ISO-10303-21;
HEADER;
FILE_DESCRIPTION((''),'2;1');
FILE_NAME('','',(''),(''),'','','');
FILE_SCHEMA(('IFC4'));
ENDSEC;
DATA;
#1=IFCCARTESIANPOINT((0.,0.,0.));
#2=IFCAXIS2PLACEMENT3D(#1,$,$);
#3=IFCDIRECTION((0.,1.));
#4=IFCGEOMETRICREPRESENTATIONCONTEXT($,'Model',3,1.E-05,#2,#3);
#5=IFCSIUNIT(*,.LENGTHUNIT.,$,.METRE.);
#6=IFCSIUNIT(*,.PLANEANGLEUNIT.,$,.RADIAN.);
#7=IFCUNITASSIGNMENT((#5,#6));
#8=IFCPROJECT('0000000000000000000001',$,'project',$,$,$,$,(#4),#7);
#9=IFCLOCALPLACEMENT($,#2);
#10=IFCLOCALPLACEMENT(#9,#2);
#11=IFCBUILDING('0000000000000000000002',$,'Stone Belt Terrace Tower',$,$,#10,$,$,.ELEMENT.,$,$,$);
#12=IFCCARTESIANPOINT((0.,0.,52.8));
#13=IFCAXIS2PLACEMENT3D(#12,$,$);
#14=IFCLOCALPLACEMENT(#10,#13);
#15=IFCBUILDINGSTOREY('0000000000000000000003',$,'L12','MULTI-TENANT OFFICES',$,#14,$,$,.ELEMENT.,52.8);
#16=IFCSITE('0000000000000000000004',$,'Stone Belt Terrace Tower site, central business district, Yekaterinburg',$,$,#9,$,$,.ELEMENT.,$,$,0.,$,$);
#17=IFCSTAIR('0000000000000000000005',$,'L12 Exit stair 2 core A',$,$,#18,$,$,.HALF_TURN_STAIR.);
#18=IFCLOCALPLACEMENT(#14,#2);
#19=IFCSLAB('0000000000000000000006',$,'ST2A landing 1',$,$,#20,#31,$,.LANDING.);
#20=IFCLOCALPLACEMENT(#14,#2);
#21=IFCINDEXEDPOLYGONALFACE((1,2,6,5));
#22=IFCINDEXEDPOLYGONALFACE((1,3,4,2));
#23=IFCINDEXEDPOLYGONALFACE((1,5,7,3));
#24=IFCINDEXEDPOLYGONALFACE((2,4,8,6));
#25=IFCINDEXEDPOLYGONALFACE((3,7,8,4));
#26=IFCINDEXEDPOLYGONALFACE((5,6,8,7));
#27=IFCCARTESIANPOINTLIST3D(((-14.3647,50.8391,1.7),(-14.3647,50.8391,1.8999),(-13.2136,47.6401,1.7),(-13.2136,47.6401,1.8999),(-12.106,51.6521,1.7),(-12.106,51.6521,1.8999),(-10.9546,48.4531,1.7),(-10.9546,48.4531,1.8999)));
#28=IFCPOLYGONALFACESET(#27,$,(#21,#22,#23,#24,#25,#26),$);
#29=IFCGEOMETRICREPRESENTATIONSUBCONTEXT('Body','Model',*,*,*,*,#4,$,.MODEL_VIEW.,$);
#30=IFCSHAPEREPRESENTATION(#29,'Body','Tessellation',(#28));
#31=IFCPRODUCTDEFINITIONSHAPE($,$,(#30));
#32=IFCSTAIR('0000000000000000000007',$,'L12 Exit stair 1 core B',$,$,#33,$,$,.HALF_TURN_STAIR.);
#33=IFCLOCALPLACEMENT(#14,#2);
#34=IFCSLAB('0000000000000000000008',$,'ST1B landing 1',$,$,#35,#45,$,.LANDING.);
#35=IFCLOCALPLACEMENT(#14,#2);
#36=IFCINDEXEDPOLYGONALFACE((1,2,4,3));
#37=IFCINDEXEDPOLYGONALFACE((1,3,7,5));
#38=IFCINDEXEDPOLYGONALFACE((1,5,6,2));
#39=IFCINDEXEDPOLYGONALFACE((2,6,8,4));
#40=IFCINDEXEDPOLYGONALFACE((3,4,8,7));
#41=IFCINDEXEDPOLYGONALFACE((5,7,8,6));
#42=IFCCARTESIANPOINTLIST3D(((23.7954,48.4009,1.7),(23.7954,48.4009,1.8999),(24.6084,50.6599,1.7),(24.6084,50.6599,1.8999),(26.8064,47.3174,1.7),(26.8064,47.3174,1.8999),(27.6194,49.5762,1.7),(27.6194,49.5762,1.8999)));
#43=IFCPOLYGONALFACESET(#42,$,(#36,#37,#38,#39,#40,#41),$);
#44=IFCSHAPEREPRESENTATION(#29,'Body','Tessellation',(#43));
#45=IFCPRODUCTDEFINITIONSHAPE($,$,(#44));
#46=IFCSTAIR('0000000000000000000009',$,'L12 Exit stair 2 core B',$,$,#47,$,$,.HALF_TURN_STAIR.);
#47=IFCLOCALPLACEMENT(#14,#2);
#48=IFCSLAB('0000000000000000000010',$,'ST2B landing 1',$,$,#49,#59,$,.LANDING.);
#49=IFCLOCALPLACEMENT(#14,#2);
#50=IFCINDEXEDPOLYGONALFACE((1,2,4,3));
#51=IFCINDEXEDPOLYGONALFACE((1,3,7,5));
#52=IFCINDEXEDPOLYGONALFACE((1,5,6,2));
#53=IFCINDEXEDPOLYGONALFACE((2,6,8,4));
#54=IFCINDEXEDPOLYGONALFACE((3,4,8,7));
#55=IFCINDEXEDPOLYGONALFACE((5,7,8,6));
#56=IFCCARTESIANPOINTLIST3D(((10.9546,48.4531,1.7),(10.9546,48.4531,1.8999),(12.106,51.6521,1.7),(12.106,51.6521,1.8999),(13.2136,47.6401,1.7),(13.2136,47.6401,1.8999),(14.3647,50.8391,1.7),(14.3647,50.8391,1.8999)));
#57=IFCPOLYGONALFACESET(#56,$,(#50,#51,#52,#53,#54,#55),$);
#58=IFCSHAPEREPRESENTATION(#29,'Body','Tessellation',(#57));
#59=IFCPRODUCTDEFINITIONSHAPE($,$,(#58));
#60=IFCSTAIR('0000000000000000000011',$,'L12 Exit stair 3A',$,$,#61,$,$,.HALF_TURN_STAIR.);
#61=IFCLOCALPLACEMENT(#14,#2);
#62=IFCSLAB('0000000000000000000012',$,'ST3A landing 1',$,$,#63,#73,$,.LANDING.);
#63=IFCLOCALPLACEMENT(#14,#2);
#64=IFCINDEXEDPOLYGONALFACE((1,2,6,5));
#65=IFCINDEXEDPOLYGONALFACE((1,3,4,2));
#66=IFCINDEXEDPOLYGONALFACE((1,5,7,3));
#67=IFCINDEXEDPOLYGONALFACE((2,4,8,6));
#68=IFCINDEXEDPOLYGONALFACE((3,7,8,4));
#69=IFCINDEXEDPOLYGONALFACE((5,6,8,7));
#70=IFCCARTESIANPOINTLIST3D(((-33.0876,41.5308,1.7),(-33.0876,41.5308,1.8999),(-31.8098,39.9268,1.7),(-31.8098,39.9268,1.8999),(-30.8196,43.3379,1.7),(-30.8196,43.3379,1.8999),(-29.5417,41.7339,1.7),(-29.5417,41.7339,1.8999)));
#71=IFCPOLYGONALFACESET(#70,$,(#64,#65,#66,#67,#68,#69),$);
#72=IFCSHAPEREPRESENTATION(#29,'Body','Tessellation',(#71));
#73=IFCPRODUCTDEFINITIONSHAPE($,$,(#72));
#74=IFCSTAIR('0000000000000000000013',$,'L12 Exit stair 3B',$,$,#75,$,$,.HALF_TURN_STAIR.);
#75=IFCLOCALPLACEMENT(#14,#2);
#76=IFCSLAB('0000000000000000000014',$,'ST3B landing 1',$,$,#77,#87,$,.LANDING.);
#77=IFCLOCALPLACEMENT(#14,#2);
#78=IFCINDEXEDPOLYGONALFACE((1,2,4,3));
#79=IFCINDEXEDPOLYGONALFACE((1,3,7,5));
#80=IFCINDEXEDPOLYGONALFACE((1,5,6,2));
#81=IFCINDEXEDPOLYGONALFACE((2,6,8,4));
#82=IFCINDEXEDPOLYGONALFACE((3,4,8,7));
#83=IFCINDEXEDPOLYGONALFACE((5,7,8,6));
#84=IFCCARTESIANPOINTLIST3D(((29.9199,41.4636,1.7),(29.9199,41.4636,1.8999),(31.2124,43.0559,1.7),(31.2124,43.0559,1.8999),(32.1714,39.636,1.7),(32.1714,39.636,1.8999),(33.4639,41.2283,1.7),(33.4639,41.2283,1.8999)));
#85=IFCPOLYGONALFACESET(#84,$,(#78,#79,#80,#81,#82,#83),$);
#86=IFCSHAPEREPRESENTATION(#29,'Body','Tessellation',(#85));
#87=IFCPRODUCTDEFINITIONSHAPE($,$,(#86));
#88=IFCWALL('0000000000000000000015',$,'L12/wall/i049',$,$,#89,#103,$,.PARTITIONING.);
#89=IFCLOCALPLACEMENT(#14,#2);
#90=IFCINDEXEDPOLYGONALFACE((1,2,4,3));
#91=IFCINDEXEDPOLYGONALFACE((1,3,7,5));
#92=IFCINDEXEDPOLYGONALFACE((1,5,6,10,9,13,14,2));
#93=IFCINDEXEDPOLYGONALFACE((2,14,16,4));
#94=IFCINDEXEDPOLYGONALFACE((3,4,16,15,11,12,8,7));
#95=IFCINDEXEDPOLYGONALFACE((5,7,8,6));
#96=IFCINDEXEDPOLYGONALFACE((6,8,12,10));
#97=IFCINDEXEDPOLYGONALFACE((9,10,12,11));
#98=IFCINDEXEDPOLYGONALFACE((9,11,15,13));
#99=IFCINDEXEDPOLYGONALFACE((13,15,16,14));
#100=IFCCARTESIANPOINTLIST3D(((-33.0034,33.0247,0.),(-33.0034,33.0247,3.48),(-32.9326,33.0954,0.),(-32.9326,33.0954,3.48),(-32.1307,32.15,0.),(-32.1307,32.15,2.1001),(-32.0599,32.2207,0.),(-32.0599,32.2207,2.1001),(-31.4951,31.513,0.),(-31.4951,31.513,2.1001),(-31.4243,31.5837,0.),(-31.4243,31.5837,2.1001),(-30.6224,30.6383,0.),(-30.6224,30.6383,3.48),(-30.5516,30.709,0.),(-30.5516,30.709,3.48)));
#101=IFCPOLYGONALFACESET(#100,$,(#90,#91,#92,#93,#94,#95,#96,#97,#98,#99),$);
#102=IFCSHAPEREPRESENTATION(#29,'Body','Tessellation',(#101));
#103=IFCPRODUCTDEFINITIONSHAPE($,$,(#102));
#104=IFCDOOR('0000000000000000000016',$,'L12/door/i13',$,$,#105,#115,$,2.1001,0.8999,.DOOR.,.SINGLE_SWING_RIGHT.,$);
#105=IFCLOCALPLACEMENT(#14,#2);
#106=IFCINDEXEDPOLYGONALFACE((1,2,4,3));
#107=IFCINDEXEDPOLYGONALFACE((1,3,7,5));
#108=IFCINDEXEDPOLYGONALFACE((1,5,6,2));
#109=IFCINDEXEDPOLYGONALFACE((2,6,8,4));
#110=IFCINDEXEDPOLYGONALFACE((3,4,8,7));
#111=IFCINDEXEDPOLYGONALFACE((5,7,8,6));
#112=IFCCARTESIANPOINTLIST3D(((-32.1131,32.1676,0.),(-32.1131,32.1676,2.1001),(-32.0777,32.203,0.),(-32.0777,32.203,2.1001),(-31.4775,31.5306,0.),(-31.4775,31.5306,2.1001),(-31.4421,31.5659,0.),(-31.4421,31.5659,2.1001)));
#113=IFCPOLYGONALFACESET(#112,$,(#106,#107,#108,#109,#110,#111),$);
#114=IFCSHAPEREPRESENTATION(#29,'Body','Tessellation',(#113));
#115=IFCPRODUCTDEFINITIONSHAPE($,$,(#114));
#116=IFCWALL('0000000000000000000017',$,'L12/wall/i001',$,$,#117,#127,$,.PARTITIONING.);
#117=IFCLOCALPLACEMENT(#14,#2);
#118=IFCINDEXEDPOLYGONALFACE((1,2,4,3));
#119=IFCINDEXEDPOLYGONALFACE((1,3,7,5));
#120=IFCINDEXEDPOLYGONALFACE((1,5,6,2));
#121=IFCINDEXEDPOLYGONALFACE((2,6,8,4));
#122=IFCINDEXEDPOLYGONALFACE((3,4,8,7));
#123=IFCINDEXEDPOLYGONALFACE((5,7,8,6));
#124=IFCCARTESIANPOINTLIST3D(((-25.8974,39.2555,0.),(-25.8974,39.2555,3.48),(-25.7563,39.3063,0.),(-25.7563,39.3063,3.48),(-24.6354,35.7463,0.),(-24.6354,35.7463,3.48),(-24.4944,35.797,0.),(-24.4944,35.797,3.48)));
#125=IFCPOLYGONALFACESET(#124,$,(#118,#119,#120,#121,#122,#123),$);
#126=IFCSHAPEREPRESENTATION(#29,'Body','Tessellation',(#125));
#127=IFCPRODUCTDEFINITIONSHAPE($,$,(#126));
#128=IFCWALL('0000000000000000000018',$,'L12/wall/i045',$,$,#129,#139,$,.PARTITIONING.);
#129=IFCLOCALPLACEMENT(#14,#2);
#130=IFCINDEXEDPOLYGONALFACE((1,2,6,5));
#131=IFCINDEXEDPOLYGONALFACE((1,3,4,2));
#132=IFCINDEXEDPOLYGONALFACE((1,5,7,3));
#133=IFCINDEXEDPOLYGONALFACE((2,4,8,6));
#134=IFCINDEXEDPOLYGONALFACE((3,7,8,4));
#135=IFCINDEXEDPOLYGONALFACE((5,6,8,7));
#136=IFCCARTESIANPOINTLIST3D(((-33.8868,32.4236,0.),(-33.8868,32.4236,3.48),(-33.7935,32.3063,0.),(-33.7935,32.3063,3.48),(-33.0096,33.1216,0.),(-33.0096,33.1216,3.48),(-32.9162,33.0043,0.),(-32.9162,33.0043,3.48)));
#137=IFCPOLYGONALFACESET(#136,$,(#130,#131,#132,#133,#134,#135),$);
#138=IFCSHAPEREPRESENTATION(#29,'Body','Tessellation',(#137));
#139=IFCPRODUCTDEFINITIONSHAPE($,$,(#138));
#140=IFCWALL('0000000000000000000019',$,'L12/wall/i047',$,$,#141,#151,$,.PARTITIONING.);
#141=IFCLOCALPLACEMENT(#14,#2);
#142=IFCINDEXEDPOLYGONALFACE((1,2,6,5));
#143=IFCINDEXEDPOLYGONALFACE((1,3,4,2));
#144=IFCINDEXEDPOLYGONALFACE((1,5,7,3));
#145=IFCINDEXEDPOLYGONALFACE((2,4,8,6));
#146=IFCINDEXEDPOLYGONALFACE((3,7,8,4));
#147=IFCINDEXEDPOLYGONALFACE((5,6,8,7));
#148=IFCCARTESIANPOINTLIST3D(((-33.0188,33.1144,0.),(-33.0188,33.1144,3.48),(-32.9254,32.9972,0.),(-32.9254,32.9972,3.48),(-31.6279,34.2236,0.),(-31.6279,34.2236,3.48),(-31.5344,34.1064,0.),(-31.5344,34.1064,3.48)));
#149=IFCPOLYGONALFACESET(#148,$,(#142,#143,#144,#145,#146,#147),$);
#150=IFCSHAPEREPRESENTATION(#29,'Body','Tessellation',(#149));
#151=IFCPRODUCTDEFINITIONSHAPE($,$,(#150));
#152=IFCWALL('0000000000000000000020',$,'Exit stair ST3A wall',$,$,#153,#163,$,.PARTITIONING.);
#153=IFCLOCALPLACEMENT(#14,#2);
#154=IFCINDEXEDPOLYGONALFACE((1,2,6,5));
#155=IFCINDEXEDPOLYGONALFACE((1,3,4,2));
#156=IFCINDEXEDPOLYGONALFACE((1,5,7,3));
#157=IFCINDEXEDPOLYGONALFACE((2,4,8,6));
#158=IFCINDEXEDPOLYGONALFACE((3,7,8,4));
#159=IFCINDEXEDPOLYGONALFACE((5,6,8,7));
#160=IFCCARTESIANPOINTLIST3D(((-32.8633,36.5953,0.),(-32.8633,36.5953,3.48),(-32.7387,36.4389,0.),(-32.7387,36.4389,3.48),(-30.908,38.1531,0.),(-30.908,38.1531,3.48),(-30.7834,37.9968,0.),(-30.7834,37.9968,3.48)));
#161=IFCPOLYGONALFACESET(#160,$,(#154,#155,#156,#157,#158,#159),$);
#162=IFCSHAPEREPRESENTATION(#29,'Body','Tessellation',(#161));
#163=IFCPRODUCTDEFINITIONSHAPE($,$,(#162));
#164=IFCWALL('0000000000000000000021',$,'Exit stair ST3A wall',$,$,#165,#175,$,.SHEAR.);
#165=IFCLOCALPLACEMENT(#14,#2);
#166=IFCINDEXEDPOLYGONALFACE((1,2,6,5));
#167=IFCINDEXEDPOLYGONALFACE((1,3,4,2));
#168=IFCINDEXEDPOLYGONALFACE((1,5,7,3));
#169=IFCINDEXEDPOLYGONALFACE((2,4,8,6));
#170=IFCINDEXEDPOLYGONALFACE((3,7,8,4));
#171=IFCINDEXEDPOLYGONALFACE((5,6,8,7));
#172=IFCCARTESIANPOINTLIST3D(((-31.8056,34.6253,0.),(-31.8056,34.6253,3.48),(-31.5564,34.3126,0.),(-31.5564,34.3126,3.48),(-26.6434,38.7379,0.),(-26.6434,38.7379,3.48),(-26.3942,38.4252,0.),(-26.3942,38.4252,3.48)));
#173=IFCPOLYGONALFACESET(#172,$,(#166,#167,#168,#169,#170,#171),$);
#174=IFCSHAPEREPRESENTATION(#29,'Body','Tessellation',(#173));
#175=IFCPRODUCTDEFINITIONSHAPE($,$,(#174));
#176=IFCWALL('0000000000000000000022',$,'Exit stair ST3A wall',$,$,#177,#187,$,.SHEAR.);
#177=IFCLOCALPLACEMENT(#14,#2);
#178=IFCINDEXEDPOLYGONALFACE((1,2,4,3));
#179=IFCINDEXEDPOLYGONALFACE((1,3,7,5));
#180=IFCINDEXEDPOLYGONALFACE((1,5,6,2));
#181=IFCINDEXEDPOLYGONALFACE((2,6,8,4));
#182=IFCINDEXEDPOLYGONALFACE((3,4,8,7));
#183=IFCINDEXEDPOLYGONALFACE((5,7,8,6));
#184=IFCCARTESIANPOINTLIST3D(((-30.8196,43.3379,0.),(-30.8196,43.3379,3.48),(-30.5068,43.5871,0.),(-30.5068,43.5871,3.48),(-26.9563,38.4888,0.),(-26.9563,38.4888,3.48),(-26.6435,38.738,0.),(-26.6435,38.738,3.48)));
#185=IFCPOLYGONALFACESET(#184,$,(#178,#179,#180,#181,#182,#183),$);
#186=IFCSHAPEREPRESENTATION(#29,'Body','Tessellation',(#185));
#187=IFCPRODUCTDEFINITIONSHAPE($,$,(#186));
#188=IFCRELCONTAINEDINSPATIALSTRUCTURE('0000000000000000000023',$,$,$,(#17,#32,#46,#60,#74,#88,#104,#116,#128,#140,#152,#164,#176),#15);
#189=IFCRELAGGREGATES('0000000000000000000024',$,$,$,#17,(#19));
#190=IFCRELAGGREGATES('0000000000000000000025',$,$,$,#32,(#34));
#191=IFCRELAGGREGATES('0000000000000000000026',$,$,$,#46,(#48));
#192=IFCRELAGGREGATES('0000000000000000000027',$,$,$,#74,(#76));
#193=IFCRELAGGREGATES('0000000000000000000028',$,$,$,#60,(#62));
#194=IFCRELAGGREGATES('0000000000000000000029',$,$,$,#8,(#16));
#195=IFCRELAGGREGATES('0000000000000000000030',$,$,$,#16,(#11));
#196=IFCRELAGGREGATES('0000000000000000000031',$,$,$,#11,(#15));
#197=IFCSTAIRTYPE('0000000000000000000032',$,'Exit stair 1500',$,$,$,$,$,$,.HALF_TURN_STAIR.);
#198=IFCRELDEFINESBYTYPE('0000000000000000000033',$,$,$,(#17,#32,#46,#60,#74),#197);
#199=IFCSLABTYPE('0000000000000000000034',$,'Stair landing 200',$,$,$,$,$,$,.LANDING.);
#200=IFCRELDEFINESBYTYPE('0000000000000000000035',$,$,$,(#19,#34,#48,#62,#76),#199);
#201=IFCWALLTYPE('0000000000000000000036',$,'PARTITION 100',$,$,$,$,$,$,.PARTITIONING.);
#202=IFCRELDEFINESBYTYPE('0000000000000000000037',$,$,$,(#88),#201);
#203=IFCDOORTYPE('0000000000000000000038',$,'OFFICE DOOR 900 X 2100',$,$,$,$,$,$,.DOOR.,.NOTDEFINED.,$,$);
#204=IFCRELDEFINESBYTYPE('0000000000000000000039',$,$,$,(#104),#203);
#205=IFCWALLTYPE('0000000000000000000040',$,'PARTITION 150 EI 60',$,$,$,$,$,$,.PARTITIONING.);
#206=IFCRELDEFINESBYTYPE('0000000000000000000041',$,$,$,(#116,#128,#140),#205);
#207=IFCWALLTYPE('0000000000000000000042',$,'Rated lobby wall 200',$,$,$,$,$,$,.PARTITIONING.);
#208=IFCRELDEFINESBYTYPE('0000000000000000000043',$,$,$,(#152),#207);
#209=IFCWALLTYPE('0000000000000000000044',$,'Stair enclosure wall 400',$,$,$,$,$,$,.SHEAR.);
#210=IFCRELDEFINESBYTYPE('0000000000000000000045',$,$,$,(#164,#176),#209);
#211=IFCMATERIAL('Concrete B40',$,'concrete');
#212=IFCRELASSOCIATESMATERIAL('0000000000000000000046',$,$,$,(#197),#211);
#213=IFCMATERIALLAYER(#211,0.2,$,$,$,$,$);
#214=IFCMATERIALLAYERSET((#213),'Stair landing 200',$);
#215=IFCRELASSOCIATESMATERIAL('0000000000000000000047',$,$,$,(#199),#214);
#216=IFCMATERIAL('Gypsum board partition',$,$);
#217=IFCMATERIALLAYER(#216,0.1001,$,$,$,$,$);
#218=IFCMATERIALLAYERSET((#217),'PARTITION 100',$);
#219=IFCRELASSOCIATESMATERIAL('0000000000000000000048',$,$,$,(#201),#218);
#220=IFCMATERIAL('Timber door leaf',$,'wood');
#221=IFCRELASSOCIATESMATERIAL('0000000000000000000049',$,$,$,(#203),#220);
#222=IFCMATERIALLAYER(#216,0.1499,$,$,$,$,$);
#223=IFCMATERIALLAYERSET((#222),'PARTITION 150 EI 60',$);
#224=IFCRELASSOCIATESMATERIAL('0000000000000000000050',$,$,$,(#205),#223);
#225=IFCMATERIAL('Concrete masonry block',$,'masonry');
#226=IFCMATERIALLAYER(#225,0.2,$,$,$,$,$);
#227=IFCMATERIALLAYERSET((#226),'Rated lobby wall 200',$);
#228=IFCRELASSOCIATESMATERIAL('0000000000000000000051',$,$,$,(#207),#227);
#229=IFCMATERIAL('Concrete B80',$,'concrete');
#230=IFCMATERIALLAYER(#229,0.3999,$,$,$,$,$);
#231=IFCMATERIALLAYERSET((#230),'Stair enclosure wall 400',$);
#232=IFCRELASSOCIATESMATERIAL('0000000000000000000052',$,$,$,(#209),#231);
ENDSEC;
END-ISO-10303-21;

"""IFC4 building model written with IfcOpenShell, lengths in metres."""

from ifc_helpers import new_model, si_unit, direction, frame, frame_2d, origin, place, context, subcontext, project, spatial, polyline, rectangle, outline, extrude, material, layer, layer_set, type_object, element, fill, aggregate, save


model = new_model("IFC4")

# Units and contexts
model_context = context("Model", 3, precision=1e-05, world=origin(), true_north=direction((0.0, 1.0)))
body_context = subcontext(model_context, "Body", "Model", "MODEL_VIEW")
ifc_project = project(units=[si_unit("LENGTHUNIT", "METRE"), si_unit("PLANEANGLEUNIT", "RADIAN")], contexts=[model_context])

# Site, building, storey
site_placement = place(None, origin())
site = spatial("IfcSite", under=ifc_project, at=site_placement, Name="Stone Belt Terrace Tower site, central business district, Yekaterinburg", CompositionType="ELEMENT", RefElevation=0.0)
building_placement = place(site_placement, origin())
building = spatial("IfcBuilding", under=site, at=building_placement, Name="Stone Belt Terrace Tower", CompositionType="ELEMENT")
storey_placement = place(building_placement, frame((0.0, 0.0, 52.8)))
storey = spatial("IfcBuildingStorey", under=building, at=storey_placement, Name="L12", Description="MULTI-TENANT OFFICES", CompositionType="ELEMENT", Elevation=52.8)

# Shared definitions
ifc_material_1 = material(Name="Concrete B80", Category="concrete")

# Shared definitions
ifc_material_2 = material(Name="Concrete B40", Category="concrete")

# Stairs, slabs
stair_type = type_object("IfcStairType", Name="Exit stair 1500", PredefinedType="HALF_TURN_STAIR", material=ifc_material_2)
ifc_layer_1 = layer(ifc_material_2, 0.2)
ifc_layer_set_1 = layer_set([ifc_layer_1], Name="Stair landing 200")
slab_type_1 = type_object("IfcSlabType", Name="Stair landing 200", PredefinedType="LANDING", material=ifc_layer_set_1)
stair_1_placement = place(storey_placement, origin())
stair_1 = element("IfcStair", 1, at=stair_1_placement, inside=storey, type_object=stair_type, Name="L12 Exit stair 2 core A", PredefinedType="HALF_TURN_STAIR")
slab_1_placement = place(storey_placement, frame((0.0, 0.0, 1.7)))
slab_1 = element("IfcSlab", 2, at=slab_1_placement, type_object=slab_type_1, Name="ST2A landing 1", PredefinedType="LANDING", context=body_context, shape_type="SweptSolid", body=[
    extrude(outline(polyline([(-13.2136, 47.6401), (-10.9546, 48.4531), (-12.106, 51.6521), (-14.3647, 50.8391), (-13.2136, 47.6401)])), origin(), (0.0, 0.0, 1.0), 0.2),
])
aggregate(stair_1, [slab_1])
stair_2_placement = place(storey_placement, origin())
stair_2 = element("IfcStair", 3, at=stair_2_placement, inside=storey, type_object=stair_type, Name="L12 Exit stair 1 core B", PredefinedType="HALF_TURN_STAIR")
slab_2_placement = place(storey_placement, frame((0.0, 0.0, 1.7)))
slab_2 = element("IfcSlab", 4, at=slab_2_placement, type_object=slab_type_1, Name="ST1B landing 1", PredefinedType="LANDING", context=body_context, shape_type="SweptSolid", body=[
    extrude(outline(polyline([(26.8064, 47.3174), (27.6194, 49.5762), (24.6084, 50.6599), (23.7954, 48.4009), (26.8064, 47.3174)])), origin(), (0.0, 0.0, 1.0), 0.2),
])
aggregate(stair_2, [slab_2])
stair_3_placement = place(storey_placement, origin())
stair_3 = element("IfcStair", 5, at=stair_3_placement, inside=storey, type_object=stair_type, Name="L12 Exit stair 2 core B", PredefinedType="HALF_TURN_STAIR")
slab_3_placement = place(storey_placement, frame((0.0, 0.0, 1.7)))
slab_3 = element("IfcSlab", 6, at=slab_3_placement, type_object=slab_type_1, Name="ST2B landing 1", PredefinedType="LANDING", context=body_context, shape_type="SweptSolid", body=[
    extrude(outline(polyline([(14.3647, 50.8391), (12.106, 51.6521), (10.9546, 48.4531), (13.2136, 47.6401), (14.3647, 50.8391)])), origin(), (0.0, 0.0, 1.0), 0.2),
])
aggregate(stair_3, [slab_3])
stair_4_placement = place(storey_placement, origin())
stair_4 = element("IfcStair", 7, at=stair_4_placement, inside=storey, type_object=stair_type, Name="L12 Exit stair 3A", PredefinedType="HALF_TURN_STAIR")
slab_4_placement = place(storey_placement, frame((0.0, 0.0, 1.7)))
slab_4 = element("IfcSlab", 8, at=slab_4_placement, type_object=slab_type_1, Name="ST3A landing 1", PredefinedType="LANDING", context=body_context, shape_type="SweptSolid", body=[
    extrude(outline(polyline([(-29.5417, 41.7339), (-30.8196, 43.3379), (-33.0876, 41.5308), (-31.8098, 39.9268), (-29.5417, 41.7339)])), origin(), (0.0, 0.0, 1.0), 0.2),
])
stair_5_placement = place(storey_placement, origin())
stair_5 = element("IfcStair", 9, at=stair_5_placement, inside=storey, type_object=stair_type, Name="L12 Exit stair 3B", PredefinedType="HALF_TURN_STAIR")
slab_5_placement = place(storey_placement, frame((0.0, 0.0, 1.7)))
slab_5 = element("IfcSlab", 10, at=slab_5_placement, type_object=slab_type_1, Name="ST3B landing 1", PredefinedType="LANDING", context=body_context, shape_type="SweptSolid", body=[
    extrude(outline(polyline([(32.1714, 39.636), (33.4639, 41.2283), (31.2124, 43.0559), (29.9199, 41.4636), (32.1714, 39.636)])), origin(), (0.0, 0.0, 1.0), 0.2),
])
aggregate(stair_5, [slab_5])

# Wall, opening, door
ifc_material_3 = material(Name="Gypsum board partition")
ifc_layer_2 = layer(ifc_material_3, 0.1001)
ifc_layer_set_2 = layer_set([ifc_layer_2], Name="PARTITION 100")
wall_type_1 = type_object("IfcWallType", Name="PARTITION 100", PredefinedType="PARTITIONING", material=ifc_layer_set_2)
wall_1_placement = place(storey_placement, frame((-32.968, 33.0601, 0.0), z_axis=(0.0, 0.0, 1.0), x_axis=(0.70631, -0.707903, 0.0)))
wall_1 = element("IfcWall", 11, at=wall_1_placement, inside=storey, type_object=wall_type_1, Name="L12/wall/i049", PredefinedType="PARTITIONING", context=body_context, shape_type="SweptSolid", body=[
    extrude(rectangle(XDim=3.3711, YDim=0.1001, at=frame_2d((1.6855, 0.0))), origin(), (0.0, 0.0, 1.0), 3.48),
])
opening_1_placement = place(wall_1_placement, frame((1.2356, 0.0, 0.0)))
opening_1 = element("IfcOpeningElement", 12, at=opening_1_placement, cuts=wall_1, PredefinedType="OPENING", context=body_context, shape_type="SweptSolid", body=[
    extrude(rectangle(XDim=0.8999, YDim=2.1001, at=frame_2d((0.45, 1.05))), frame((0.0, 0.0601, 0.0), z_axis=(0.0, -1.0, 0.0), x_axis=(1.0, 0.0, 0.0)), (0.0, 0.0, 1.0), 0.1201),
])
ifc_material_4 = material(Name="Timber door leaf", Category="wood")
door_type_1 = type_object("IfcDoorType", Name="OFFICE DOOR 900 X 2100", OperationType="NOTDEFINED", PredefinedType="DOOR", material=ifc_material_4)
door_1_placement = place(opening_1_placement, origin())
door_1 = element("IfcDoor", 13, at=door_1_placement, inside=storey, type_object=door_type_1, Name="L12/door/i13", OperationType="SINGLE_SWING_RIGHT", OverallHeight=2.1001, OverallWidth=0.8999, PredefinedType="DOOR", context=body_context, shape_type="SweptSolid", body=[
    extrude(rectangle(XDim=0.8999, YDim=2.1001, at=frame_2d((0.45, 1.05))), frame((0.0, 0.0249, 0.0), z_axis=(0.0, -1.0, 0.0), x_axis=(1.0, 0.0, 0.0)), (0.0, 0.0, 1.0), 0.05),
])
fill(opening_1, door_1)

# Walls
ifc_layer_3 = layer(ifc_material_3, 0.1499)
ifc_layer_set_3 = layer_set([ifc_layer_3], Name="PARTITION 150 EI 60")
wall_type_2 = type_object("IfcWallType", Name="PARTITION 150 EI 60", PredefinedType="PARTITIONING", material=ifc_layer_set_3)
wall_2_placement = place(storey_placement, frame((-25.8269, 39.281, 0.0), z_axis=(0.0, 0.0, 1.0), x_axis=(0.338393, -0.941005, 0.0)))
element("IfcWall", 14, at=wall_2_placement, inside=storey, type_object=wall_type_2, Name="L12/wall/i001", PredefinedType="PARTITIONING", context=body_context, shape_type="SweptSolid", body=[
    extrude(rectangle(XDim=3.7292, YDim=0.1499, at=frame_2d((1.8647, 0.0))), origin(), (0.0, 0.0, 1.0), 3.48),
])
wall_3_placement = place(storey_placement, frame((-32.9629, 33.063, 0.0), z_axis=(0.0, 0.0, 1.0), x_axis=(-0.782502, -0.622648, 0.0)))
element("IfcWall", 15, at=wall_3_placement, inside=storey, type_object=wall_type_2, Name="L12/wall/i045", PredefinedType="PARTITIONING", context=body_context, shape_type="SweptSolid", body=[
    extrude(rectangle(XDim=1.1211, YDim=0.1499, at=frame_2d((0.5605, 0.0))), origin(), (0.0, 0.0, 1.0), 3.48),
])
wall_4_placement = place(storey_placement, frame((-31.5811, 34.165, 0.0), z_axis=(0.0, 0.0, 1.0), x_axis=(-0.781845, -0.623473, 0.0)))
element("IfcWall", 16, at=wall_4_placement, inside=storey, type_object=wall_type_2, Name="L12/wall/i047", PredefinedType="PARTITIONING", context=body_context, shape_type="SweptSolid", body=[
    extrude(rectangle(XDim=1.7791, YDim=0.1499, at=frame_2d((0.8896, 0.0))), origin(), (0.0, 0.0, 1.0), 3.48),
])
ifc_material_5 = material(Name="Concrete masonry block", Category="masonry")
ifc_layer_4 = layer(ifc_material_5, 0.2)
ifc_layer_set_4 = layer_set([ifc_layer_4], Name="Rated lobby wall 200")
wall_type_3 = type_object("IfcWallType", Name="Rated lobby wall 200", PredefinedType="PARTITIONING", material=ifc_layer_set_4)
wall_5_placement = place(storey_placement, frame((-30.8457, 38.075, 0.0), z_axis=(0.0, 0.0, 1.0), x_axis=(-0.782115, -0.623134, 0.0)))
element("IfcWall", 17, at=wall_5_placement, inside=storey, type_object=wall_type_3, Name="Exit stair ST3A wall", PredefinedType="PARTITIONING", context=body_context, shape_type="SweptSolid", body=[
    extrude(rectangle(XDim=2.5, YDim=0.2, at=frame_2d((1.25, 0.0))), origin(), (0.0, 0.0, 1.0), 3.48),
])
ifc_layer_5 = layer(ifc_material_1, 0.3999)
ifc_layer_set_5 = layer_set([ifc_layer_5], Name="Stair enclosure wall 400")
wall_type_4 = type_object("IfcWallType", Name="Stair enclosure wall 400", PredefinedType="SHEAR", material=ifc_layer_set_5)
wall_6_placement = place(storey_placement, frame((-26.5188, 38.5815, 0.0), z_axis=(0.0, 0.0, 1.0), x_axis=(-0.782134, -0.62311, 0.0)))
element("IfcWall", 18, at=wall_6_placement, inside=storey, type_object=wall_type_4, Name="Exit stair ST3A wall", PredefinedType="SHEAR", context=body_context, shape_type="SweptSolid", body=[
    extrude(rectangle(XDim=6.6001, YDim=0.3999, at=frame_2d((3.3, 0.0))), origin(), (0.0, 0.0, 1.0), 3.48),
])
wall_7_placement = place(storey_placement, frame((-26.7998, 38.6133, 0.0), z_axis=(0.0, 0.0, 1.0), x_axis=(-0.623119, 0.782127, 0.0)))
element("IfcWall", 19, at=wall_7_placement, inside=storey, type_object=wall_type_4, Name="Exit stair ST3A wall", PredefinedType="SHEAR", context=body_context, shape_type="SweptSolid", body=[
    extrude(rectangle(XDim=6.2, YDim=0.3999, at=frame_2d((3.1001, 0.0))), origin(), (0.0, 0.0, 1.0), 3.48),
])

aggregate(stair_4, [slab_4])

save(model, "model.ifc")
